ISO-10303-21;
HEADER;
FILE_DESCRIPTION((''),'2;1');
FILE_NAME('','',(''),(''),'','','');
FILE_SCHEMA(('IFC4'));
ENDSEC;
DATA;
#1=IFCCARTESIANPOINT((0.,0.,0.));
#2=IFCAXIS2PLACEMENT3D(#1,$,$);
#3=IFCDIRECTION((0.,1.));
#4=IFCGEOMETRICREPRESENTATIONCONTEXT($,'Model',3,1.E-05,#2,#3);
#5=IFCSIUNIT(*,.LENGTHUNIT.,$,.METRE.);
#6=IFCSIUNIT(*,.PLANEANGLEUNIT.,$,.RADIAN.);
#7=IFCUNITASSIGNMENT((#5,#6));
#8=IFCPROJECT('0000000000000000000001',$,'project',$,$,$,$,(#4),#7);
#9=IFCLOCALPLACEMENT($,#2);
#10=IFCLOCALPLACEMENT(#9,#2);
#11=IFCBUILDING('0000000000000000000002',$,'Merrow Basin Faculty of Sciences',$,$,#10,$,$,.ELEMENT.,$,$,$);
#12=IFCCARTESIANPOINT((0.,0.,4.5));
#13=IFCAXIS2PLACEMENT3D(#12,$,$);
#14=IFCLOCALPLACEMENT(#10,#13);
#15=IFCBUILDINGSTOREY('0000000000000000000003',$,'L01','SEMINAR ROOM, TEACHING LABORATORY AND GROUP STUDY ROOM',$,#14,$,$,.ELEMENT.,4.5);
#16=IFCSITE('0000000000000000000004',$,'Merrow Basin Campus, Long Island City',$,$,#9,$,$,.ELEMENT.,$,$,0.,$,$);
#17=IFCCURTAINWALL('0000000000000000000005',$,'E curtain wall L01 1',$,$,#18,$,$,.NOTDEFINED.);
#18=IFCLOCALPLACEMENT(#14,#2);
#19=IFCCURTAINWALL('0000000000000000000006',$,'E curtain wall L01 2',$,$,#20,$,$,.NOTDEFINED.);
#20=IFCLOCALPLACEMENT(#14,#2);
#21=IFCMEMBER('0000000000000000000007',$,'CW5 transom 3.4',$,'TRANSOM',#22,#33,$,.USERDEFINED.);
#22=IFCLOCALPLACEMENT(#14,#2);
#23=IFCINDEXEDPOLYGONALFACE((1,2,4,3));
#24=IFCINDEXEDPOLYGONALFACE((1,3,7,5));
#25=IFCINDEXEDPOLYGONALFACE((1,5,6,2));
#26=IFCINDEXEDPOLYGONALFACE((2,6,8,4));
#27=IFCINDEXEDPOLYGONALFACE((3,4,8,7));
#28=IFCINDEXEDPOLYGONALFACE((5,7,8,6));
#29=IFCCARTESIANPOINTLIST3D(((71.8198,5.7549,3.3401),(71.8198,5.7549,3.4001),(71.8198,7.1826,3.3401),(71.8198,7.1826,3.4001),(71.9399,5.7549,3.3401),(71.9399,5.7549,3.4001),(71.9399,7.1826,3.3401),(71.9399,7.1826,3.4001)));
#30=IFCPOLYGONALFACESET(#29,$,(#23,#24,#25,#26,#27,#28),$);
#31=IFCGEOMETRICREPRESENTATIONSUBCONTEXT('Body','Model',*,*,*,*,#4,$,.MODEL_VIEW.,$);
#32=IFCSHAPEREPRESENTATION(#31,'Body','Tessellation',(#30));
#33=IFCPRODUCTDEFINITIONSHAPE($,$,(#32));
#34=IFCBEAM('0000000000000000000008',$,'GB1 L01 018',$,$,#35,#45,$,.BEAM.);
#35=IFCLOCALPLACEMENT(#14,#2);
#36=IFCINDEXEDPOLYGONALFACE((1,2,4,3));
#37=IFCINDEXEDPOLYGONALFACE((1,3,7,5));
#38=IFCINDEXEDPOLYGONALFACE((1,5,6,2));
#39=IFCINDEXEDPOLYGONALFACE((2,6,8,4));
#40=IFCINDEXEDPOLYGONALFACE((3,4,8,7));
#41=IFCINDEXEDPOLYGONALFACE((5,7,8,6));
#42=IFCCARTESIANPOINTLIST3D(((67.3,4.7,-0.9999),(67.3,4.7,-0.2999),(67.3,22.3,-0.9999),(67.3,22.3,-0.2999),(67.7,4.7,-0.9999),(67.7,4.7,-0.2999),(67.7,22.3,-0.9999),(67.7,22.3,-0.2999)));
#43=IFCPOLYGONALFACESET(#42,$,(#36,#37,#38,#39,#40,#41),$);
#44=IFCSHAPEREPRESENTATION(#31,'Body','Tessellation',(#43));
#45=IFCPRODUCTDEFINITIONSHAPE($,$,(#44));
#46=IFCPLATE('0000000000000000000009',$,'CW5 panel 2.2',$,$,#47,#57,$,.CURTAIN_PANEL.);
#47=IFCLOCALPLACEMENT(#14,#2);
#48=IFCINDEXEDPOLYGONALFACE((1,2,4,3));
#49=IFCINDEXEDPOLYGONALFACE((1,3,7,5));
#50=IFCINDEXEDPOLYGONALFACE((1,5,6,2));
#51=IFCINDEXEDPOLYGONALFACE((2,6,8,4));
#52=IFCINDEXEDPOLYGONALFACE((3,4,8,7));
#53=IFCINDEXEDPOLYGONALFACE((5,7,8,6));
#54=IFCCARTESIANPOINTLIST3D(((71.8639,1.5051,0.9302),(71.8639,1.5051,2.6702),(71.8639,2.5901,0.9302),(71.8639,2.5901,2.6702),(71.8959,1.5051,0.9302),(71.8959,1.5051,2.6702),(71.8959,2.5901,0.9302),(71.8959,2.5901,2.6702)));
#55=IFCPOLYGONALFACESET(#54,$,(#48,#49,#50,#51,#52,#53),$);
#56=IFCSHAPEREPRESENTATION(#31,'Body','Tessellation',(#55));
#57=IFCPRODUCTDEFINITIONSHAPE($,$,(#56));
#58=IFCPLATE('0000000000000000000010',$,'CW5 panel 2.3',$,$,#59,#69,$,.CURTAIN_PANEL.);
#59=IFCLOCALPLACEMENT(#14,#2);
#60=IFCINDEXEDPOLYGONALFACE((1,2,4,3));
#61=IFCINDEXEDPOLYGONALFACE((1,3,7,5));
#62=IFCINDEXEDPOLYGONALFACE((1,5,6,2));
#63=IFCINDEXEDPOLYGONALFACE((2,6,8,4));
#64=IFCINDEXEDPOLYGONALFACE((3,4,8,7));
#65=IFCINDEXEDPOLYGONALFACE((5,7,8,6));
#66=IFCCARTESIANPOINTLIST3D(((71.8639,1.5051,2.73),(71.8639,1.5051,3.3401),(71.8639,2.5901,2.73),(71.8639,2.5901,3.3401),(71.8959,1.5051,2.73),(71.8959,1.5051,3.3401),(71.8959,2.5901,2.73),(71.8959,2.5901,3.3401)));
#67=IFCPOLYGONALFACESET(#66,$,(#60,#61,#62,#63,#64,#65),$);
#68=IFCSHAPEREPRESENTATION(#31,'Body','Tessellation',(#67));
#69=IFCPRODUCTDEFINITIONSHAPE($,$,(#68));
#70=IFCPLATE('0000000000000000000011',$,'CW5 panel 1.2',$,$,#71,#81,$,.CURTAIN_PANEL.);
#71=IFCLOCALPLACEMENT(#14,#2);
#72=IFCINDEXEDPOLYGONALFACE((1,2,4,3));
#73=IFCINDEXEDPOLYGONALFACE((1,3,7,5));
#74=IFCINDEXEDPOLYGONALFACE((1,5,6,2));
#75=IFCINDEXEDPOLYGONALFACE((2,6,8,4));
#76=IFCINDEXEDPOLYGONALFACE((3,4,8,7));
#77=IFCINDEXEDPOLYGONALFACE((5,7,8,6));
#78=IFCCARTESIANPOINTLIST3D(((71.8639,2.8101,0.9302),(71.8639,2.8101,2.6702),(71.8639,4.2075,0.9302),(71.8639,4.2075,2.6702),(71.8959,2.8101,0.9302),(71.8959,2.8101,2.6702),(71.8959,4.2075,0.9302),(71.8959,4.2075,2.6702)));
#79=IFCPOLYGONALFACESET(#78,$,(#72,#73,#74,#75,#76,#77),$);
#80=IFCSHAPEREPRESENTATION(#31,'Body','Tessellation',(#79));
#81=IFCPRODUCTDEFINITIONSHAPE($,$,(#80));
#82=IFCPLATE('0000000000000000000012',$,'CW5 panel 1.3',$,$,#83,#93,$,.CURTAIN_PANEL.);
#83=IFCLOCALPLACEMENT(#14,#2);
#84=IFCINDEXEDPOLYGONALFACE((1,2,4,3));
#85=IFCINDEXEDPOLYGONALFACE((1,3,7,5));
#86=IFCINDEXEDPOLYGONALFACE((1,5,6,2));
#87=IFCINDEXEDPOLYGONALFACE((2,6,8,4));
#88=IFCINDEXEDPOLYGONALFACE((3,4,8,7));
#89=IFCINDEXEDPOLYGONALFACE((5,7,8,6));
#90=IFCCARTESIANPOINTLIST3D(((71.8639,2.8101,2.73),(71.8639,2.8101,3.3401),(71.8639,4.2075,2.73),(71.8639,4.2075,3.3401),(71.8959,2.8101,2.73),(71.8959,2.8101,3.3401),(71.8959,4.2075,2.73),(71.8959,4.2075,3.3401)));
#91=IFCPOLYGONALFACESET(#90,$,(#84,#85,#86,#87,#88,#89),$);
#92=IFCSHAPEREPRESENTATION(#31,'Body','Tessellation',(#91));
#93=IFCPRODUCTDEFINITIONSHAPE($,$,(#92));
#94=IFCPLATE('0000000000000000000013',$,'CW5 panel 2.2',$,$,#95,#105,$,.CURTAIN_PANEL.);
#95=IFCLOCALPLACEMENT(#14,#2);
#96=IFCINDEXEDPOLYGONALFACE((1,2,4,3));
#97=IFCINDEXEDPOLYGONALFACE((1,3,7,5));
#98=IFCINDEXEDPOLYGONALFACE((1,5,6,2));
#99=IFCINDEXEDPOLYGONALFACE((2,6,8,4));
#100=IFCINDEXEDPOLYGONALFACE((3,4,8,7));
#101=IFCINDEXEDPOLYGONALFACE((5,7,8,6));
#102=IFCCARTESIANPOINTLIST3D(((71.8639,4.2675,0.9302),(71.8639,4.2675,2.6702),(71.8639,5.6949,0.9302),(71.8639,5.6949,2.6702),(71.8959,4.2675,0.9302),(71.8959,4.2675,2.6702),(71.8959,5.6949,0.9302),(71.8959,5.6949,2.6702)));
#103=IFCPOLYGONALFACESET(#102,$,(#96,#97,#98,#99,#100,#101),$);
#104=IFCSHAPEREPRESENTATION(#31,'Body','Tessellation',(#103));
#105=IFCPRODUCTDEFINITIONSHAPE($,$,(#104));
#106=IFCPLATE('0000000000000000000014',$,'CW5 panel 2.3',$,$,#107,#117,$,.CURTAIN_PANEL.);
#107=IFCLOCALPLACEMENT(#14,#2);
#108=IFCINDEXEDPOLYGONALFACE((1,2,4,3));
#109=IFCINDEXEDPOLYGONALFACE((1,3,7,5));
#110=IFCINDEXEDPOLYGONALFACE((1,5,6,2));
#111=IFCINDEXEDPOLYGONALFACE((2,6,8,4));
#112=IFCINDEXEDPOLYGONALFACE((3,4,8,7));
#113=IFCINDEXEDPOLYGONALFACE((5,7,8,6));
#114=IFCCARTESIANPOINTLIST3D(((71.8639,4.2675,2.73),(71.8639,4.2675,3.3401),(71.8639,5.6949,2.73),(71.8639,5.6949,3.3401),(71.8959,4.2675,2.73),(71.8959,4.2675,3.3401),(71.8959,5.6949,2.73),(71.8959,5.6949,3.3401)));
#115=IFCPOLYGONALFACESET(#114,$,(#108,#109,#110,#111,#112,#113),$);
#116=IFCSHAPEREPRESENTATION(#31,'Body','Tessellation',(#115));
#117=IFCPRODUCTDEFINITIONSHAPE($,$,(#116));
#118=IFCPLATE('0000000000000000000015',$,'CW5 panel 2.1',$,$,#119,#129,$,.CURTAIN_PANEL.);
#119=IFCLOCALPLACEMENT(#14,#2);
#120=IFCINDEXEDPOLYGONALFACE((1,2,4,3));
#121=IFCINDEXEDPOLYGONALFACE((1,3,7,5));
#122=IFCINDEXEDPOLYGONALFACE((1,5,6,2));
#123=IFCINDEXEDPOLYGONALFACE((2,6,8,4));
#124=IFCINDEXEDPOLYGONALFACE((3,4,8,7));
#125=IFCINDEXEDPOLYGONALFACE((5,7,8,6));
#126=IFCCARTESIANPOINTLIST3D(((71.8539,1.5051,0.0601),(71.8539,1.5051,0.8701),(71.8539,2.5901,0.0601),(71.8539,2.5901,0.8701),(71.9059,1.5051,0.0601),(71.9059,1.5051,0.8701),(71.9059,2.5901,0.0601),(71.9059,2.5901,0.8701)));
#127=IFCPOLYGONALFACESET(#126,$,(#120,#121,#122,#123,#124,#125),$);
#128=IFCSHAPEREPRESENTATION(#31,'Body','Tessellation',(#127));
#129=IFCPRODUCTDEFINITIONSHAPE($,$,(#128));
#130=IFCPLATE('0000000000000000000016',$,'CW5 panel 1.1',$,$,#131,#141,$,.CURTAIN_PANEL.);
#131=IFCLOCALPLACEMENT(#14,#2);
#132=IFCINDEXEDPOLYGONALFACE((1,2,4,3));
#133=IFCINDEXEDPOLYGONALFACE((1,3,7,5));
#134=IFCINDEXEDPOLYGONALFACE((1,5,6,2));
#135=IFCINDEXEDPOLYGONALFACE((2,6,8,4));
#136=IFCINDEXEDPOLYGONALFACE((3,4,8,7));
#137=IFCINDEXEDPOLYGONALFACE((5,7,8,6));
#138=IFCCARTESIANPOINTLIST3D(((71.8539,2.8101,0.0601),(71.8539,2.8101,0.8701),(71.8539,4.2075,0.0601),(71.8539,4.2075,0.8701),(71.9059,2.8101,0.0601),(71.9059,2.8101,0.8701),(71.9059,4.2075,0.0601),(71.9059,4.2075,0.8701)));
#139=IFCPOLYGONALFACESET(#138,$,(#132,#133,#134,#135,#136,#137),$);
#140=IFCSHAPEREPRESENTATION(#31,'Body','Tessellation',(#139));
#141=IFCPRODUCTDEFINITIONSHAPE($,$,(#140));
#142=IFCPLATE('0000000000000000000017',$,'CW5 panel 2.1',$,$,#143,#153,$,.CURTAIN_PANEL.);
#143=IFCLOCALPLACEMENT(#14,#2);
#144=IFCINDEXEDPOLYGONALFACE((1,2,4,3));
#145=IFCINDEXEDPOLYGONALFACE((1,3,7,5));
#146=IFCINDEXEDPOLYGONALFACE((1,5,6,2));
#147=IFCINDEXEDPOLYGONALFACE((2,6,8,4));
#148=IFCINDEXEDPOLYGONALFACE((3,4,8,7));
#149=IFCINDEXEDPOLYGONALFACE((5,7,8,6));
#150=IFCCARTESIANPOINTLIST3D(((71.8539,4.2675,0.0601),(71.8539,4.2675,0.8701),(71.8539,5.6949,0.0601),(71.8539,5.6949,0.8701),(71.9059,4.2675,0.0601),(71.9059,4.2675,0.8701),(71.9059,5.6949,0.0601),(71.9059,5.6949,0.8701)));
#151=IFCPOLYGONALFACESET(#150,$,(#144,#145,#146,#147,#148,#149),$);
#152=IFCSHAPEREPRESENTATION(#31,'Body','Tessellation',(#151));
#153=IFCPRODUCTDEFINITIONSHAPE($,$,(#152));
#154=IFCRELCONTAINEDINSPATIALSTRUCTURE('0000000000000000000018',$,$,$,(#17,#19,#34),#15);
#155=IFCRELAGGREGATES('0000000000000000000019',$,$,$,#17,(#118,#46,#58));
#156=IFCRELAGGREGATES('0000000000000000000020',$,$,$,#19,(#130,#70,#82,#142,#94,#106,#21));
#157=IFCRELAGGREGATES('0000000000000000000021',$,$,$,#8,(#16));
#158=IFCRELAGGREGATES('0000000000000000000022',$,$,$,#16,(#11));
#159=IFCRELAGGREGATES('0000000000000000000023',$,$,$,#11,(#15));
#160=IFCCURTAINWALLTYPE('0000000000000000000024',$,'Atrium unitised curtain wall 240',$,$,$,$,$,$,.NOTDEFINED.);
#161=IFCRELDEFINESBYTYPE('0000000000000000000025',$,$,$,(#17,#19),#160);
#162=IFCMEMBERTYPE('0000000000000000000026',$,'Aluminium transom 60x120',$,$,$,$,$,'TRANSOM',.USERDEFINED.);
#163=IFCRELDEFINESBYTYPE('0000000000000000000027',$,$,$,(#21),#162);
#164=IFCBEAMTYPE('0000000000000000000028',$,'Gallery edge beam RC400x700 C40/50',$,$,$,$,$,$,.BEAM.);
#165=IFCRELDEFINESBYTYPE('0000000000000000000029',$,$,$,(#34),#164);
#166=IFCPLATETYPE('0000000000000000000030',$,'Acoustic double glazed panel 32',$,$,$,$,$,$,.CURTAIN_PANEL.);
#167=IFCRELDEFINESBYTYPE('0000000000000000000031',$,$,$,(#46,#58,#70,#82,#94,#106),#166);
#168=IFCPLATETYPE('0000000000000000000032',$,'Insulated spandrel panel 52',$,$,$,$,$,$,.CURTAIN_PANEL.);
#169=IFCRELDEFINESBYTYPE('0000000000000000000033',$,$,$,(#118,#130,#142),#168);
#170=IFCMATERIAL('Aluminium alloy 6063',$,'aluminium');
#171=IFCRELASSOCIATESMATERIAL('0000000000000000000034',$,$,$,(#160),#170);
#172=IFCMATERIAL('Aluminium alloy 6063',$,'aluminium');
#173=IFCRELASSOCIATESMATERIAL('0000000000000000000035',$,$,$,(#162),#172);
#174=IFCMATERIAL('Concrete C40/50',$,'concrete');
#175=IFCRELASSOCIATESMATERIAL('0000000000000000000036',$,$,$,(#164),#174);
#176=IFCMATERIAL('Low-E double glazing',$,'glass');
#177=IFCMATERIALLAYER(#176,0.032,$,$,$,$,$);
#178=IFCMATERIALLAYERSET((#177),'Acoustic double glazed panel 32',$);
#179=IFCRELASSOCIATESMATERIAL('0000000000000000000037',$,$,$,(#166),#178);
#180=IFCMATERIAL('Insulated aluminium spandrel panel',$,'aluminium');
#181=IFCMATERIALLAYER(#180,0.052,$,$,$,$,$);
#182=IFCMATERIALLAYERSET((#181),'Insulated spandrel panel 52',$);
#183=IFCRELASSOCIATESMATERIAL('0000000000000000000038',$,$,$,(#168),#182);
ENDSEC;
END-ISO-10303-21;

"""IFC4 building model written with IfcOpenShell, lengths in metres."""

from ifc_helpers import new_model, si_unit, direction, frame, origin, origin_2d, place, context, subcontext, project, spatial, rectangle, extrude, material, layer, layer_set, material_profile, profile_set, type_object, element, aggregate, save


model = new_model("IFC4")

# Units and contexts
model_context = context("Model", 3, precision=1e-05, world=origin(), true_north=direction((0.0, 1.0)))
body_context = subcontext(model_context, "Body", "Model", "MODEL_VIEW")
ifc_project = project(units=[si_unit("LENGTHUNIT", "METRE"), si_unit("PLANEANGLEUNIT", "RADIAN")], contexts=[model_context])

# Site, building, storey
site_placement = place(None, origin())
site = spatial("IfcSite", under=ifc_project, at=site_placement, Name="Merrow Basin Campus, Long Island City", CompositionType="ELEMENT", RefElevation=0.0)
building_placement = place(site_placement, origin())
building = spatial("IfcBuilding", under=site, at=building_placement, Name="Merrow Basin Faculty of Sciences", CompositionType="ELEMENT")
storey_placement = place(building_placement, frame((0.0, 0.0, 4.5)))
storey = spatial("IfcBuildingStorey", under=building, at=storey_placement, Name="L01", Description="SEMINAR ROOM, TEACHING LABORATORY AND GROUP STUDY ROOM", CompositionType="ELEMENT", Elevation=4.5)

# Curtain wall
ifc_material_1 = material(Name="Aluminium alloy 6063", Category="aluminium")
curtain_wall_type = type_object("IfcCurtainWallType", Name="Atrium unitised curtain wall 240", PredefinedType="NOTDEFINED", material=ifc_material_1)
curtain_wall_1_placement = place(storey_placement, origin())
curtain_wall_1 = element("IfcCurtainWall", 1, at=curtain_wall_1_placement, inside=storey, type_object=curtain_wall_type, Name="E curtain wall L01 1", PredefinedType="NOTDEFINED")

# Curtain wall, member
curtain_wall_2_placement = place(storey_placement, origin())
curtain_wall_2 = element("IfcCurtainWall", 2, at=curtain_wall_2_placement, inside=storey, type_object=curtain_wall_type, Name="E curtain wall L01 2", PredefinedType="NOTDEFINED")
ifc_material_2 = material(Name="Aluminium alloy 6063", Category="aluminium")
ifc_material_profile_1 = material_profile(ifc_material_2, rectangle(XDim=0.1201, YDim=0.0601, at=origin_2d()))
ifc_profile_set_1 = profile_set([ifc_material_profile_1], Name="Aluminium alloy 6063")
member_type_1 = type_object("IfcMemberType", Name="Aluminium transom 60x120", ElementType="TRANSOM", PredefinedType="USERDEFINED", material=ifc_profile_set_1)
member_1_placement = place(storey_placement, frame((71.8799, 5.7549, 3.3701), z_axis=(0.0, 1.0, 0.0), x_axis=(-1.0, 0.0, 0.0)))
member_1 = element("IfcMember", 3, at=member_1_placement, type_object=member_type_1, Name="CW5 transom 3.4", ObjectType="TRANSOM", PredefinedType="USERDEFINED", context=body_context, shape_type="SweptSolid", body=[
    extrude(rectangle(XDim=0.1201, YDim=0.0601, at=origin_2d()), origin(), (0.0, 0.0, 1.0), 1.4277),
])

# Beam
ifc_material_3 = material(Name="Concrete C40/50", Category="concrete")
ifc_material_profile_2 = material_profile(ifc_material_3, rectangle(XDim=0.3999, YDim=0.7, at=origin_2d()))
ifc_profile_set_2 = profile_set([ifc_material_profile_2], Name="Concrete C40/50")
beam_type = type_object("IfcBeamType", Name="Gallery edge beam RC400x700 C40/50", PredefinedType="BEAM", material=ifc_profile_set_2)
beam_placement = place(storey_placement, frame((67.5, 4.7, -0.6499), z_axis=(0.0, 1.0, 0.0), x_axis=(-1.0, 0.0, 0.0)))
element("IfcBeam", 4, at=beam_placement, inside=storey, type_object=beam_type, Name="GB1 L01 018", PredefinedType="BEAM", context=body_context, shape_type="SweptSolid", body=[
    extrude(rectangle(XDim=0.3999, YDim=0.7, at=origin_2d()), origin(), (0.0, 0.0, 1.0), 17.6001),
])

# Plates
ifc_material_4 = material(Name="Low-E double glazing", Category="glass")
ifc_layer_1 = layer(ifc_material_4, 0.032)
ifc_layer_set_1 = layer_set([ifc_layer_1], Name="Acoustic double glazed panel 32")
plate_type_1 = type_object("IfcPlateType", Name="Acoustic double glazed panel 32", PredefinedType="CURTAIN_PANEL", material=ifc_layer_set_1)
plate_1_placement = place(storey_placement, frame((71.8799, 2.0476, 0.9302), z_axis=(0.0, 0.0, 1.0), x_axis=(0.0, 1.0, 0.0)))
plate_1 = element("IfcPlate", 5, at=plate_1_placement, type_object=plate_type_1, Name="CW5 panel 2.2", PredefinedType="CURTAIN_PANEL", context=body_context, shape_type="SweptSolid", body=[
    extrude(rectangle(XDim=1.085, YDim=0.032, at=origin_2d()), origin(), (0.0, 0.0, 1.0), 1.74),
])
plate_2_placement = place(storey_placement, frame((71.8799, 2.0476, 2.73), z_axis=(0.0, 0.0, 1.0), x_axis=(0.0, 1.0, 0.0)))
plate_2 = element("IfcPlate", 6, at=plate_2_placement, type_object=plate_type_1, Name="CW5 panel 2.3", PredefinedType="CURTAIN_PANEL", context=body_context, shape_type="SweptSolid", body=[
    extrude(rectangle(XDim=1.085, YDim=0.032, at=origin_2d()), origin(), (0.0, 0.0, 1.0), 0.6101),
])
plate_3_placement = place(storey_placement, frame((71.8799, 3.5088, 0.9302), z_axis=(0.0, 0.0, 1.0), x_axis=(0.0, 1.0, 0.0)))
plate_3 = element("IfcPlate", 7, at=plate_3_placement, type_object=plate_type_1, Name="CW5 panel 1.2", PredefinedType="CURTAIN_PANEL", context=body_context, shape_type="SweptSolid", body=[
    extrude(rectangle(XDim=1.3975, YDim=0.032, at=origin_2d()), origin(), (0.0, 0.0, 1.0), 1.74),
])
plate_4_placement = place(storey_placement, frame((71.8799, 3.5088, 2.73), z_axis=(0.0, 0.0, 1.0), x_axis=(0.0, 1.0, 0.0)))
plate_4 = element("IfcPlate", 8, at=plate_4_placement, type_object=plate_type_1, Name="CW5 panel 1.3", PredefinedType="CURTAIN_PANEL", context=body_context, shape_type="SweptSolid", body=[
    extrude(rectangle(XDim=1.3975, YDim=0.032, at=origin_2d()), origin(), (0.0, 0.0, 1.0), 0.6101),
])
plate_5_placement = place(storey_placement, frame((71.8799, 4.9812, 0.9302), z_axis=(0.0, 0.0, 1.0), x_axis=(0.0, 1.0, 0.0)))
plate_5 = element("IfcPlate", 9, at=plate_5_placement, type_object=plate_type_1, Name="CW5 panel 2.2", PredefinedType="CURTAIN_PANEL", context=body_context, shape_type="SweptSolid", body=[
    extrude(rectangle(XDim=1.4275, YDim=0.032, at=origin_2d()), origin(), (0.0, 0.0, 1.0), 1.74),
])
plate_6_placement = place(storey_placement, frame((71.8799, 4.9812, 2.73), z_axis=(0.0, 0.0, 1.0), x_axis=(0.0, 1.0, 0.0)))
plate_6 = element("IfcPlate", 10, at=plate_6_placement, type_object=plate_type_1, Name="CW5 panel 2.3", PredefinedType="CURTAIN_PANEL", context=body_context, shape_type="SweptSolid", body=[
    extrude(rectangle(XDim=1.4275, YDim=0.032, at=origin_2d()), origin(), (0.0, 0.0, 1.0), 0.6101),
])
ifc_material_5 = material(Name="Insulated aluminium spandrel panel", Category="aluminium")
ifc_layer_2 = layer(ifc_material_5, 0.052)
ifc_layer_set_2 = layer_set([ifc_layer_2], Name="Insulated spandrel panel 52")
plate_type_2 = type_object("IfcPlateType", Name="Insulated spandrel panel 52", PredefinedType="CURTAIN_PANEL", material=ifc_layer_set_2)
plate_7_placement = place(storey_placement, frame((71.8799, 2.0476, 0.0601), z_axis=(0.0, 0.0, 1.0), x_axis=(0.0, 1.0, 0.0)))
plate_7 = element("IfcPlate", 11, at=plate_7_placement, type_object=plate_type_2, Name="CW5 panel 2.1", PredefinedType="CURTAIN_PANEL", context=body_context, shape_type="SweptSolid", body=[
    extrude(rectangle(XDim=1.085, YDim=0.052, at=origin_2d()), origin(), (0.0, 0.0, 1.0), 0.8101),
])
aggregate(curtain_wall_1, [plate_7, plate_1, plate_2])
plate_8_placement = place(storey_placement, frame((71.8799, 3.5088, 0.0601), z_axis=(0.0, 0.0, 1.0), x_axis=(0.0, 1.0, 0.0)))
plate_8 = element("IfcPlate", 12, at=plate_8_placement, type_object=plate_type_2, Name="CW5 panel 1.1", PredefinedType="CURTAIN_PANEL", context=body_context, shape_type="SweptSolid", body=[
    extrude(rectangle(XDim=1.3975, YDim=0.052, at=origin_2d()), origin(), (0.0, 0.0, 1.0), 0.8101),
])
plate_9_placement = place(storey_placement, frame((71.8799, 4.9812, 0.0601), z_axis=(0.0, 0.0, 1.0), x_axis=(0.0, 1.0, 0.0)))
plate_9 = element("IfcPlate", 13, at=plate_9_placement, type_object=plate_type_2, Name="CW5 panel 2.1", PredefinedType="CURTAIN_PANEL", context=body_context, shape_type="SweptSolid", body=[
    extrude(rectangle(XDim=1.4275, YDim=0.052, at=origin_2d()), origin(), (0.0, 0.0, 1.0), 0.8101),
])
aggregate(curtain_wall_2, [plate_8, plate_3, plate_4, plate_9, plate_5, plate_6, member_1])

save(model, "model.ifc")
